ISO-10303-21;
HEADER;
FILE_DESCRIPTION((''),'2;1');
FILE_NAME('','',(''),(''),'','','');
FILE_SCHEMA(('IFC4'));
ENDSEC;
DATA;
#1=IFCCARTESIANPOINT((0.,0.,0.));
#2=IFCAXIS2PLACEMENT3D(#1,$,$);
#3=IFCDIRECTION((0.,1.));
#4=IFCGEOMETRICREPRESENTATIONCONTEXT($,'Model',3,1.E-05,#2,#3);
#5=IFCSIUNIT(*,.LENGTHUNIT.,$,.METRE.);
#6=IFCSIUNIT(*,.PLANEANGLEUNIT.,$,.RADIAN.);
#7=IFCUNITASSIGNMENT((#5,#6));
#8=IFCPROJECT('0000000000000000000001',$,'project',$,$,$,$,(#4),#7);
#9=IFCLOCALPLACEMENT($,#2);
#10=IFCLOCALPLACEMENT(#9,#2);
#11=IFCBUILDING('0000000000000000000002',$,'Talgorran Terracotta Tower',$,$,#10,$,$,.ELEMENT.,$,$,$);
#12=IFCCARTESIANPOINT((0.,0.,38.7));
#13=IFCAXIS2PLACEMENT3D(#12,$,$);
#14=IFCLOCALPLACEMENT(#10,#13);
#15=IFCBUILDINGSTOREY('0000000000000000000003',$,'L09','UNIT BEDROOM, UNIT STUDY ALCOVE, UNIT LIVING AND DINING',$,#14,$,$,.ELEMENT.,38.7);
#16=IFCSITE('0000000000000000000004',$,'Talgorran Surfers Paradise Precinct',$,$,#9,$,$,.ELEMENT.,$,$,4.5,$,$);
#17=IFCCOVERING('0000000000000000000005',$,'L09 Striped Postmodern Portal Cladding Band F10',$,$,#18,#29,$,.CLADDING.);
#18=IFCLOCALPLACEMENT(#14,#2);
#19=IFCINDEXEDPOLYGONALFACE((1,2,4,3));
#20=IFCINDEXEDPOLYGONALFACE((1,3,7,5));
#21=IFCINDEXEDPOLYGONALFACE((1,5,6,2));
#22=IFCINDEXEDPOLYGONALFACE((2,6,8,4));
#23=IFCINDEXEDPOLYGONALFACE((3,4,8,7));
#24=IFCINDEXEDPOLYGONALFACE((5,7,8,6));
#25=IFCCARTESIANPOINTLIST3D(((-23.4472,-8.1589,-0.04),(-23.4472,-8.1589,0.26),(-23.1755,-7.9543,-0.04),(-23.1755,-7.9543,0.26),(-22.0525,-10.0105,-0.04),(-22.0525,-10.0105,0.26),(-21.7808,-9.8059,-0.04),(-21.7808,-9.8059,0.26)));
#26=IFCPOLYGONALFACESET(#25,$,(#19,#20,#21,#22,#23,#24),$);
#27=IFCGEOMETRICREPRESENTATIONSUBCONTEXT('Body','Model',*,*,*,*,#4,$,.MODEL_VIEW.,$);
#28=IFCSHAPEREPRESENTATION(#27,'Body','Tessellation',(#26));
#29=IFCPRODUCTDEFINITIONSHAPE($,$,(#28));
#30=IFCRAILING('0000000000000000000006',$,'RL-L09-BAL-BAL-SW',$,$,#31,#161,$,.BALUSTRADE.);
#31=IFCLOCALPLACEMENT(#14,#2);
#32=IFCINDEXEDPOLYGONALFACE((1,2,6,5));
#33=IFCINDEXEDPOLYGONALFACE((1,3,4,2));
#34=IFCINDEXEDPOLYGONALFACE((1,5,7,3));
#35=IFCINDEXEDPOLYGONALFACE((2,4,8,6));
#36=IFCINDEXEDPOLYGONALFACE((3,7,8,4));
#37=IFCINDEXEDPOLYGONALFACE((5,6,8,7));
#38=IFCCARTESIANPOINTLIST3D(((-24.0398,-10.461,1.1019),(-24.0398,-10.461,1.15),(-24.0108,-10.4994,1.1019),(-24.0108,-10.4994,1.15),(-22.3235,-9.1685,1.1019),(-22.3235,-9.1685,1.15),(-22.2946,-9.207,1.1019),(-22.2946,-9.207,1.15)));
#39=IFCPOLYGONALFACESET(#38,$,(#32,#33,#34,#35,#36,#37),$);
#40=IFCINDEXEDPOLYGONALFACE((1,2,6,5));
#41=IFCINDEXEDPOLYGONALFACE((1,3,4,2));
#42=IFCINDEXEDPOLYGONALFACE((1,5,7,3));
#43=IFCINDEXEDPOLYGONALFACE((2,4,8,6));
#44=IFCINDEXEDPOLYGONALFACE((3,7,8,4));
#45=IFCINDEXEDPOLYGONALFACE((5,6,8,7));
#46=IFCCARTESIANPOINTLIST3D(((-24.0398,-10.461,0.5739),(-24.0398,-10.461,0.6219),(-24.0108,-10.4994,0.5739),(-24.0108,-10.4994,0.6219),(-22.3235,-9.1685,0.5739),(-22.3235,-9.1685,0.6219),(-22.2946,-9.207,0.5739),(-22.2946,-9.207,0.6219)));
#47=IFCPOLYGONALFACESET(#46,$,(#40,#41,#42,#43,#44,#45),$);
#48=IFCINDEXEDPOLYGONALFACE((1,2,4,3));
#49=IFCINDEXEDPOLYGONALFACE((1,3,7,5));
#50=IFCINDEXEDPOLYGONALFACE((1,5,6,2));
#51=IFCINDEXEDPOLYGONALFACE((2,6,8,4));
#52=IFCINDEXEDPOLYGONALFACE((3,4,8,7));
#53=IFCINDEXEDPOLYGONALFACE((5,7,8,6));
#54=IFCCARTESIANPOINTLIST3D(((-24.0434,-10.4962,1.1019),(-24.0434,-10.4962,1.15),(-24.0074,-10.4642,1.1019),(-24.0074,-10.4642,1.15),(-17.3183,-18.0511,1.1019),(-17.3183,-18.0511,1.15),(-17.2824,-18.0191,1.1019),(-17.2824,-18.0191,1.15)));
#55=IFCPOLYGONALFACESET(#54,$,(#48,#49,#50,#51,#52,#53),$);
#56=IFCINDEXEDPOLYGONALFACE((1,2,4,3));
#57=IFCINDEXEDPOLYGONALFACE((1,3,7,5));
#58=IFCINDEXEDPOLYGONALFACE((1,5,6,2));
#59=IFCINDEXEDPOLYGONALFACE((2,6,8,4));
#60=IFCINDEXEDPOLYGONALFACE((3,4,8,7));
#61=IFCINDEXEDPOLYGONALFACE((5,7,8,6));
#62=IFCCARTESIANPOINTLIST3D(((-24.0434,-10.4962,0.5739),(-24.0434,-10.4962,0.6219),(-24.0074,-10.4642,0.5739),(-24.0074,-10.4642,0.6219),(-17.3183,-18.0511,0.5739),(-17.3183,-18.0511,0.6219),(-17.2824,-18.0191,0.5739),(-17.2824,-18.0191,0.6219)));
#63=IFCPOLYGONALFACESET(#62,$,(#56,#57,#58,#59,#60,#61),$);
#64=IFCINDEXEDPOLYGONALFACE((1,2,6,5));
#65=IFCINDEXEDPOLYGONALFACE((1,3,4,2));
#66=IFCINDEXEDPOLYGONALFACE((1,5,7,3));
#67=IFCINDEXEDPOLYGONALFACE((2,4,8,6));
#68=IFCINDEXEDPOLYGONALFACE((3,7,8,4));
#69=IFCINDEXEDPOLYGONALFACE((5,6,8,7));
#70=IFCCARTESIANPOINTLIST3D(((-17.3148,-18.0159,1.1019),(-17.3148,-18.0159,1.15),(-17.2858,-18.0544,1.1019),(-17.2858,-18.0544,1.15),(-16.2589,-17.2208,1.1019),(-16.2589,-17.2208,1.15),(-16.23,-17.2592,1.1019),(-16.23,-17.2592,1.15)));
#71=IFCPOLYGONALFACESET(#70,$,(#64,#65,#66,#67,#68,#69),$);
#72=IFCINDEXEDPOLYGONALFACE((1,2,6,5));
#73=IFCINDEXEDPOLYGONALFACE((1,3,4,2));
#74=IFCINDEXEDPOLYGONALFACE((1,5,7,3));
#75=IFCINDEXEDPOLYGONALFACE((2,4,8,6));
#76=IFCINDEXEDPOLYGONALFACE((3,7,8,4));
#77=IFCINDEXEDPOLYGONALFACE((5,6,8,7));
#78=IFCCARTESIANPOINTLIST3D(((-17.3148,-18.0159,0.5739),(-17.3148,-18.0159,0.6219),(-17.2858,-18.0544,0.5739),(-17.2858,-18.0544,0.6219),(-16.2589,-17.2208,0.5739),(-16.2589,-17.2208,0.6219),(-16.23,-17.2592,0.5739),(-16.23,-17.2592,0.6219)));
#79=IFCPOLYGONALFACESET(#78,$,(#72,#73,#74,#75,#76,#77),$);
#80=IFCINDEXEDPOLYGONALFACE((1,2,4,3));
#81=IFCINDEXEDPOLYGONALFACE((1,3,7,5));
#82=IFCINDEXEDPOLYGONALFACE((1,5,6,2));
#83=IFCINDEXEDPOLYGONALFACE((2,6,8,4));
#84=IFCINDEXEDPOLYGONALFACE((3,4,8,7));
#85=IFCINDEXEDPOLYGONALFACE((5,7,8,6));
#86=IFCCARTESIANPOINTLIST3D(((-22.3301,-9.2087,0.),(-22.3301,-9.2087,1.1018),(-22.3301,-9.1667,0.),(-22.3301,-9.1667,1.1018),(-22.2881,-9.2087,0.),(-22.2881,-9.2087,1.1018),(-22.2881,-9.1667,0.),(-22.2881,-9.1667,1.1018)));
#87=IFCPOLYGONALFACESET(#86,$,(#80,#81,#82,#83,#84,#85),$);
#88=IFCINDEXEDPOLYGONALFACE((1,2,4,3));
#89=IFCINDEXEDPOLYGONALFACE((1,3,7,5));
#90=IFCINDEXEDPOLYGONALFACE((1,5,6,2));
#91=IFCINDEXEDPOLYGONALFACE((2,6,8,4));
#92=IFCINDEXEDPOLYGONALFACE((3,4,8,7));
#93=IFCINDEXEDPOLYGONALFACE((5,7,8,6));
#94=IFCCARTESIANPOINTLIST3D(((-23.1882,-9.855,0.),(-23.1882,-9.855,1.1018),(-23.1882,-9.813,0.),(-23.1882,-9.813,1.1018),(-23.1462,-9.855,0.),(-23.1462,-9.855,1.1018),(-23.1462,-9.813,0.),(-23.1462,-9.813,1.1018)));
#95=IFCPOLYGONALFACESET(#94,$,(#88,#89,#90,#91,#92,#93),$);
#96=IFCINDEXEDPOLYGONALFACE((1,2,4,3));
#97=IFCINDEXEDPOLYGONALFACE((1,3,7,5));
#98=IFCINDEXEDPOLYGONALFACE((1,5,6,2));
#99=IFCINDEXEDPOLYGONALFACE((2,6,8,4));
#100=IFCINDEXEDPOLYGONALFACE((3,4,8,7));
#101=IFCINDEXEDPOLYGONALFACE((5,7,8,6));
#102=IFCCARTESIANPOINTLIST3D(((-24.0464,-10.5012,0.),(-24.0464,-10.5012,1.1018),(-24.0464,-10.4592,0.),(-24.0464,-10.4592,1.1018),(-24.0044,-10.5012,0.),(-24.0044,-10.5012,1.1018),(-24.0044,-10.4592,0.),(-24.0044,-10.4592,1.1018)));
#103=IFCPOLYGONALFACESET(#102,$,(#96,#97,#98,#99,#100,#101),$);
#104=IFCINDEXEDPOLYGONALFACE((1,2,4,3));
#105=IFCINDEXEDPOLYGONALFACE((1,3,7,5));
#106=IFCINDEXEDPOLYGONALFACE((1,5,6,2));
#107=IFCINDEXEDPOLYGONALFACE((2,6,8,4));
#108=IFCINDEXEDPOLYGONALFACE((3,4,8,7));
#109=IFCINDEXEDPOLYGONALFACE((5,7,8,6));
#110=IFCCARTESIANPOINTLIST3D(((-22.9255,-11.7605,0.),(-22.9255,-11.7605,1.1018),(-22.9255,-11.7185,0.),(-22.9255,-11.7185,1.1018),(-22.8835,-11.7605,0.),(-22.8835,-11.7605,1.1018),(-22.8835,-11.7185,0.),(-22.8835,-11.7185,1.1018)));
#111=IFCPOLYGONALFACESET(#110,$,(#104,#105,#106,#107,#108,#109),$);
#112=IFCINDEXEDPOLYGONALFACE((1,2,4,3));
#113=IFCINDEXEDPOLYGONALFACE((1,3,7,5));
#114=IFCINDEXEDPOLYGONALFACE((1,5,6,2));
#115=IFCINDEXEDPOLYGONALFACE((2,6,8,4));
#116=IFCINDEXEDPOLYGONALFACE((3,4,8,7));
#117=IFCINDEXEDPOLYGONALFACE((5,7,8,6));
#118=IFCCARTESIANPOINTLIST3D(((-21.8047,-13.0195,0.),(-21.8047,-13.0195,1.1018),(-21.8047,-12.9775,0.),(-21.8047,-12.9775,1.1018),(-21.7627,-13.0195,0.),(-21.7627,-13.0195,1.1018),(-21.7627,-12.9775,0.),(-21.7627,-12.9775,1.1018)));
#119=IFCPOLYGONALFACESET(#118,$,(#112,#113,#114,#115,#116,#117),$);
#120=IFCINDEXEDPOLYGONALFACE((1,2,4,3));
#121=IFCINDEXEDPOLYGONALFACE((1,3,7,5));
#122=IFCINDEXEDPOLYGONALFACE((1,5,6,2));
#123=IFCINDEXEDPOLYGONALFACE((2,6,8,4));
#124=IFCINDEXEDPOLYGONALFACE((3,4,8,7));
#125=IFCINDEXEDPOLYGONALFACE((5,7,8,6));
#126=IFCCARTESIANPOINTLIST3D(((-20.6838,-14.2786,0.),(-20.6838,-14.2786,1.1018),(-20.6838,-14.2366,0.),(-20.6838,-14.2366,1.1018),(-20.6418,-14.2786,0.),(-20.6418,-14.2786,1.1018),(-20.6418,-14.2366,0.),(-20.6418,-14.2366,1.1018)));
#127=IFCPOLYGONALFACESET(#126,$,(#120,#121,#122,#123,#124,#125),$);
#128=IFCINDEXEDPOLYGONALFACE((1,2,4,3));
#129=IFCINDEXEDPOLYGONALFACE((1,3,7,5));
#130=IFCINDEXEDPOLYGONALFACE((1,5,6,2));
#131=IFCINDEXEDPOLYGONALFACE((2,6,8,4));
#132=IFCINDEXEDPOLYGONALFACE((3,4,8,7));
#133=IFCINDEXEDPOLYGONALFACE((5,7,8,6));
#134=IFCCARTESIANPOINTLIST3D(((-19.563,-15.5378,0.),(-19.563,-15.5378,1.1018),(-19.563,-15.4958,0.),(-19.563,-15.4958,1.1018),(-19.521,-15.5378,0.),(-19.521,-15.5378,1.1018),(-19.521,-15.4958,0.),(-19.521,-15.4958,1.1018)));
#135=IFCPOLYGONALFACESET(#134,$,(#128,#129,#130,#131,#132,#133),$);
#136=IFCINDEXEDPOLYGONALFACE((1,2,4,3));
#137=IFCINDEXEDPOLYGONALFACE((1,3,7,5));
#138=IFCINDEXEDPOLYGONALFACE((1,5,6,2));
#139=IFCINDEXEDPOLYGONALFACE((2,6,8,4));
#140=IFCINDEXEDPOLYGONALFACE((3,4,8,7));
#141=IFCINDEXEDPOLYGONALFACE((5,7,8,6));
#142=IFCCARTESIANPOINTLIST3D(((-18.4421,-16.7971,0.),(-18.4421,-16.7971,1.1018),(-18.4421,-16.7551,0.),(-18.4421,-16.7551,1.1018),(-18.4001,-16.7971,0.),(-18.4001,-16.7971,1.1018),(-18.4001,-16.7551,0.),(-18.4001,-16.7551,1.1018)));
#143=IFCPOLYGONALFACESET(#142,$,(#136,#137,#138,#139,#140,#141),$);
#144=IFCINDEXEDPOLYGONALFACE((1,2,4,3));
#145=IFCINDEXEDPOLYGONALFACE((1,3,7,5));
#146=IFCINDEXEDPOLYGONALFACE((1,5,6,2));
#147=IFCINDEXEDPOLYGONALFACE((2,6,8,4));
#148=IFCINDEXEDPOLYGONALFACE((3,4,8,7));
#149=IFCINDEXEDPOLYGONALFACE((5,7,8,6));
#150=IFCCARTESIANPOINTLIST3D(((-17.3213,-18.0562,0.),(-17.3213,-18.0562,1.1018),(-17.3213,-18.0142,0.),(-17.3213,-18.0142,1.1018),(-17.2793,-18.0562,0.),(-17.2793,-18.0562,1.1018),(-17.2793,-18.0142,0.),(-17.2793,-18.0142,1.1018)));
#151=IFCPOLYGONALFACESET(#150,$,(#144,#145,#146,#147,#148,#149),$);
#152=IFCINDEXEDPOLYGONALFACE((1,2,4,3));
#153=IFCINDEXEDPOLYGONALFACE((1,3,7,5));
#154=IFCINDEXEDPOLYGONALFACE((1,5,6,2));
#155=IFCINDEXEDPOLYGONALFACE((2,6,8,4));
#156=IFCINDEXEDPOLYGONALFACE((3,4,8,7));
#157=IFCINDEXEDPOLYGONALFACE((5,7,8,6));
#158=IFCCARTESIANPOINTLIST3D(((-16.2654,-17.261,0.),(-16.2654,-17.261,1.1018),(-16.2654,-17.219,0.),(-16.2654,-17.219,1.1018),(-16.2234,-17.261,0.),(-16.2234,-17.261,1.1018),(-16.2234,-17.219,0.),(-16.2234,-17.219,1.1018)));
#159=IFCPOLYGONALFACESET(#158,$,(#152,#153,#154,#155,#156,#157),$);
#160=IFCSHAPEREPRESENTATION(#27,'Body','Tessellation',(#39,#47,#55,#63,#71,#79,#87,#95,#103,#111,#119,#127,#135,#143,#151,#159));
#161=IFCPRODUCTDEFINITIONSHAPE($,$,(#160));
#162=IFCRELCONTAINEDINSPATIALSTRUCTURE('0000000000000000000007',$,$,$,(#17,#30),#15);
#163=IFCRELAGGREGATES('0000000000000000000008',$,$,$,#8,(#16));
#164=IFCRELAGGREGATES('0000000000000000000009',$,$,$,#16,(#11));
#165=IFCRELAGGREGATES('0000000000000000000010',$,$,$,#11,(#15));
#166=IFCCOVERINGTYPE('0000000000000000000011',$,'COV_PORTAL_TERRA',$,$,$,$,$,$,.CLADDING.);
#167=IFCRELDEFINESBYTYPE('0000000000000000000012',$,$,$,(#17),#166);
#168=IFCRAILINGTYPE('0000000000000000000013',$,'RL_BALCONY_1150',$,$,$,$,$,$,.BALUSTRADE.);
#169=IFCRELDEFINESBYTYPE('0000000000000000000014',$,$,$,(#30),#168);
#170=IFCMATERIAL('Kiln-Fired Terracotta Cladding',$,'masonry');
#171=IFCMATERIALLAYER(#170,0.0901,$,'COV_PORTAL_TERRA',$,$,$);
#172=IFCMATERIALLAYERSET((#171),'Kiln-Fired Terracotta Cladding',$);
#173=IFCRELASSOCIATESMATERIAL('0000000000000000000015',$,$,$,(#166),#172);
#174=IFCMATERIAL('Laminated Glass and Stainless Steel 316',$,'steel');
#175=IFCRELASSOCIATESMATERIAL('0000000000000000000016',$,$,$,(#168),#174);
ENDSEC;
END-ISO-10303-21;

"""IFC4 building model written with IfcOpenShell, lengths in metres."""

from ifc_helpers import new_model, si_unit, direction, frame, origin, origin_2d, place, context, subcontext, project, spatial, rectangle, extrude, material, layer, layer_set, type_object, element, save


model = new_model("IFC4")

# Units and contexts
model_context = context("Model", 3, precision=1e-05, world=origin(), true_north=direction((0.0, 1.0)))
body_context = subcontext(model_context, "Body", "Model", "MODEL_VIEW")
ifc_project = project(units=[si_unit("LENGTHUNIT", "METRE"), si_unit("PLANEANGLEUNIT", "RADIAN")], contexts=[model_context])

# Site, building, storey
site_placement = place(None, origin())
site = spatial("IfcSite", under=ifc_project, at=site_placement, Name="Talgorran Surfers Paradise Precinct", CompositionType="ELEMENT", RefElevation=4.5)
building_placement = place(site_placement, origin())
building = spatial("IfcBuilding", under=site, at=building_placement, Name="Talgorran Terracotta Tower", CompositionType="ELEMENT")
storey_placement = place(building_placement, frame((0.0, 0.0, 38.7)))
storey = spatial("IfcBuildingStorey", under=building, at=storey_placement, Name="L09", Description="UNIT BEDROOM, UNIT STUDY ALCOVE, UNIT LIVING AND DINING", CompositionType="ELEMENT", Elevation=38.7)

# Covering
ifc_material_1 = material(Name="Kiln-Fired Terracotta Cladding", Category="masonry")
ifc_layer_1 = layer(ifc_material_1, 0.0901, Name="COV_PORTAL_TERRA")
ifc_layer_set_1 = layer_set([ifc_layer_1], Name="Kiln-Fired Terracotta Cladding")
covering_type = type_object("IfcCoveringType", Name="COV_PORTAL_TERRA", PredefinedType="CLADDING", material=ifc_layer_set_1)
covering_placement = place(storey_placement, frame((-22.614, -8.9824, -0.04), z_axis=(0.0, 0.0, 1.0), x_axis=(0.601648, -0.798762, 0.0)))
element("IfcCovering", 1, at=covering_placement, inside=storey, type_object=covering_type, Name="L09 Striped Postmodern Portal Cladding Band F10", PredefinedType="CLADDING", context=body_context, shape_type="SweptSolid", body=[
    extrude(rectangle(XDim=2.3181, YDim=0.3401, at=origin_2d()), origin(), (0.0, 0.0, 1.0), 0.3),
])

# Railing
ifc_material_2 = material(Name="Laminated Glass and Stainless Steel 316", Category="steel")
railing_type = type_object("IfcRailingType", Name="RL_BALCONY_1150", PredefinedType="BALUSTRADE", material=ifc_material_2)
railing_placement = place(storey_placement, frame((-22.3091, -9.1877, 0.0)))
element("IfcRailing", 2, at=railing_placement, inside=storey, type_object=railing_type, Name="RL-L09-BAL-BAL-SW", PredefinedType="BALUSTRADE", context=body_context, shape_type="SweptSolid", body=[
    extrude(rectangle(XDim=0.0481, YDim=0.0481, at=origin_2d()), frame((0.0, 0.0, 1.126), z_axis=(-0.798826, -0.601562, 0.0), x_axis=(0.601562, -0.798826, 0.0)), (0.0, 0.0, 1.0), 2.1484),
    extrude(rectangle(XDim=0.0481, YDim=0.0481, at=origin_2d()), frame((0.0, 0.0, 0.5979), z_axis=(-0.798826, -0.601562, 0.0), x_axis=(0.601562, -0.798826, 0.0)), (0.0, 0.0, 1.0), 2.1484),
    extrude(rectangle(XDim=0.0481, YDim=0.0481, at=origin_2d()), frame((-1.7163, -1.2925, 1.126), z_axis=(0.664894, -0.746938, 0.0), x_axis=(0.746938, 0.664894, 0.0)), (0.0, 0.0, 1.0), 10.1145),
    extrude(rectangle(XDim=0.0481, YDim=0.0481, at=origin_2d()), frame((-1.7163, -1.2925, 0.5979), z_axis=(0.664894, -0.746938, 0.0), x_axis=(0.746938, 0.664894, 0.0)), (0.0, 0.0, 1.0), 10.1145),
    extrude(rectangle(XDim=0.0481, YDim=0.0481, at=origin_2d()), frame((5.0088, -8.8474, 1.126), z_axis=(0.798824, 0.601565, 0.0), x_axis=(-0.601565, 0.798824, 0.0)), (0.0, 0.0, 1.0), 1.3218),
    extrude(rectangle(XDim=0.0481, YDim=0.0481, at=origin_2d()), frame((5.0088, -8.8474, 0.5979), z_axis=(0.798824, 0.601565, 0.0), x_axis=(-0.601565, 0.798824, 0.0)), (0.0, 0.0, 1.0), 1.3218),
    extrude(rectangle(XDim=0.042, YDim=0.042, at=origin_2d()), origin(), (0.0, 0.0, 1.0), 1.1018),
    extrude(rectangle(XDim=0.042, YDim=0.042, at=origin_2d()), frame((-0.8582, -0.6462, 0.0)), (0.0, 0.0, 1.0), 1.1018),
    extrude(rectangle(XDim=0.042, YDim=0.042, at=origin_2d()), frame((-1.7163, -1.2925, 0.0)), (0.0, 0.0, 1.0), 1.1018),
    extrude(rectangle(XDim=0.042, YDim=0.042, at=origin_2d()), frame((-0.5955, -2.5518, 0.0)), (0.0, 0.0, 1.0), 1.1018),
    extrude(rectangle(XDim=0.042, YDim=0.042, at=origin_2d()), frame((0.5254, -3.8108, 0.0)), (0.0, 0.0, 1.0), 1.1018),
    extrude(rectangle(XDim=0.042, YDim=0.042, at=origin_2d()), frame((1.6462, -5.0698, 0.0)), (0.0, 0.0, 1.0), 1.1018),
    extrude(rectangle(XDim=0.042, YDim=0.042, at=origin_2d()), frame((2.7671, -6.3291, 0.0)), (0.0, 0.0, 1.0), 1.1018),
    extrude(rectangle(XDim=0.042, YDim=0.042, at=origin_2d()), frame((3.8879, -7.5884, 0.0)), (0.0, 0.0, 1.0), 1.1018),
    extrude(rectangle(XDim=0.042, YDim=0.042, at=origin_2d()), frame((5.0088, -8.8474, 0.0)), (0.0, 0.0, 1.0), 1.1018),
    extrude(rectangle(XDim=0.042, YDim=0.042, at=origin_2d()), frame((6.0647, -8.0522, 0.0)), (0.0, 0.0, 1.0), 1.1018),
])

save(model, "model.ifc")
